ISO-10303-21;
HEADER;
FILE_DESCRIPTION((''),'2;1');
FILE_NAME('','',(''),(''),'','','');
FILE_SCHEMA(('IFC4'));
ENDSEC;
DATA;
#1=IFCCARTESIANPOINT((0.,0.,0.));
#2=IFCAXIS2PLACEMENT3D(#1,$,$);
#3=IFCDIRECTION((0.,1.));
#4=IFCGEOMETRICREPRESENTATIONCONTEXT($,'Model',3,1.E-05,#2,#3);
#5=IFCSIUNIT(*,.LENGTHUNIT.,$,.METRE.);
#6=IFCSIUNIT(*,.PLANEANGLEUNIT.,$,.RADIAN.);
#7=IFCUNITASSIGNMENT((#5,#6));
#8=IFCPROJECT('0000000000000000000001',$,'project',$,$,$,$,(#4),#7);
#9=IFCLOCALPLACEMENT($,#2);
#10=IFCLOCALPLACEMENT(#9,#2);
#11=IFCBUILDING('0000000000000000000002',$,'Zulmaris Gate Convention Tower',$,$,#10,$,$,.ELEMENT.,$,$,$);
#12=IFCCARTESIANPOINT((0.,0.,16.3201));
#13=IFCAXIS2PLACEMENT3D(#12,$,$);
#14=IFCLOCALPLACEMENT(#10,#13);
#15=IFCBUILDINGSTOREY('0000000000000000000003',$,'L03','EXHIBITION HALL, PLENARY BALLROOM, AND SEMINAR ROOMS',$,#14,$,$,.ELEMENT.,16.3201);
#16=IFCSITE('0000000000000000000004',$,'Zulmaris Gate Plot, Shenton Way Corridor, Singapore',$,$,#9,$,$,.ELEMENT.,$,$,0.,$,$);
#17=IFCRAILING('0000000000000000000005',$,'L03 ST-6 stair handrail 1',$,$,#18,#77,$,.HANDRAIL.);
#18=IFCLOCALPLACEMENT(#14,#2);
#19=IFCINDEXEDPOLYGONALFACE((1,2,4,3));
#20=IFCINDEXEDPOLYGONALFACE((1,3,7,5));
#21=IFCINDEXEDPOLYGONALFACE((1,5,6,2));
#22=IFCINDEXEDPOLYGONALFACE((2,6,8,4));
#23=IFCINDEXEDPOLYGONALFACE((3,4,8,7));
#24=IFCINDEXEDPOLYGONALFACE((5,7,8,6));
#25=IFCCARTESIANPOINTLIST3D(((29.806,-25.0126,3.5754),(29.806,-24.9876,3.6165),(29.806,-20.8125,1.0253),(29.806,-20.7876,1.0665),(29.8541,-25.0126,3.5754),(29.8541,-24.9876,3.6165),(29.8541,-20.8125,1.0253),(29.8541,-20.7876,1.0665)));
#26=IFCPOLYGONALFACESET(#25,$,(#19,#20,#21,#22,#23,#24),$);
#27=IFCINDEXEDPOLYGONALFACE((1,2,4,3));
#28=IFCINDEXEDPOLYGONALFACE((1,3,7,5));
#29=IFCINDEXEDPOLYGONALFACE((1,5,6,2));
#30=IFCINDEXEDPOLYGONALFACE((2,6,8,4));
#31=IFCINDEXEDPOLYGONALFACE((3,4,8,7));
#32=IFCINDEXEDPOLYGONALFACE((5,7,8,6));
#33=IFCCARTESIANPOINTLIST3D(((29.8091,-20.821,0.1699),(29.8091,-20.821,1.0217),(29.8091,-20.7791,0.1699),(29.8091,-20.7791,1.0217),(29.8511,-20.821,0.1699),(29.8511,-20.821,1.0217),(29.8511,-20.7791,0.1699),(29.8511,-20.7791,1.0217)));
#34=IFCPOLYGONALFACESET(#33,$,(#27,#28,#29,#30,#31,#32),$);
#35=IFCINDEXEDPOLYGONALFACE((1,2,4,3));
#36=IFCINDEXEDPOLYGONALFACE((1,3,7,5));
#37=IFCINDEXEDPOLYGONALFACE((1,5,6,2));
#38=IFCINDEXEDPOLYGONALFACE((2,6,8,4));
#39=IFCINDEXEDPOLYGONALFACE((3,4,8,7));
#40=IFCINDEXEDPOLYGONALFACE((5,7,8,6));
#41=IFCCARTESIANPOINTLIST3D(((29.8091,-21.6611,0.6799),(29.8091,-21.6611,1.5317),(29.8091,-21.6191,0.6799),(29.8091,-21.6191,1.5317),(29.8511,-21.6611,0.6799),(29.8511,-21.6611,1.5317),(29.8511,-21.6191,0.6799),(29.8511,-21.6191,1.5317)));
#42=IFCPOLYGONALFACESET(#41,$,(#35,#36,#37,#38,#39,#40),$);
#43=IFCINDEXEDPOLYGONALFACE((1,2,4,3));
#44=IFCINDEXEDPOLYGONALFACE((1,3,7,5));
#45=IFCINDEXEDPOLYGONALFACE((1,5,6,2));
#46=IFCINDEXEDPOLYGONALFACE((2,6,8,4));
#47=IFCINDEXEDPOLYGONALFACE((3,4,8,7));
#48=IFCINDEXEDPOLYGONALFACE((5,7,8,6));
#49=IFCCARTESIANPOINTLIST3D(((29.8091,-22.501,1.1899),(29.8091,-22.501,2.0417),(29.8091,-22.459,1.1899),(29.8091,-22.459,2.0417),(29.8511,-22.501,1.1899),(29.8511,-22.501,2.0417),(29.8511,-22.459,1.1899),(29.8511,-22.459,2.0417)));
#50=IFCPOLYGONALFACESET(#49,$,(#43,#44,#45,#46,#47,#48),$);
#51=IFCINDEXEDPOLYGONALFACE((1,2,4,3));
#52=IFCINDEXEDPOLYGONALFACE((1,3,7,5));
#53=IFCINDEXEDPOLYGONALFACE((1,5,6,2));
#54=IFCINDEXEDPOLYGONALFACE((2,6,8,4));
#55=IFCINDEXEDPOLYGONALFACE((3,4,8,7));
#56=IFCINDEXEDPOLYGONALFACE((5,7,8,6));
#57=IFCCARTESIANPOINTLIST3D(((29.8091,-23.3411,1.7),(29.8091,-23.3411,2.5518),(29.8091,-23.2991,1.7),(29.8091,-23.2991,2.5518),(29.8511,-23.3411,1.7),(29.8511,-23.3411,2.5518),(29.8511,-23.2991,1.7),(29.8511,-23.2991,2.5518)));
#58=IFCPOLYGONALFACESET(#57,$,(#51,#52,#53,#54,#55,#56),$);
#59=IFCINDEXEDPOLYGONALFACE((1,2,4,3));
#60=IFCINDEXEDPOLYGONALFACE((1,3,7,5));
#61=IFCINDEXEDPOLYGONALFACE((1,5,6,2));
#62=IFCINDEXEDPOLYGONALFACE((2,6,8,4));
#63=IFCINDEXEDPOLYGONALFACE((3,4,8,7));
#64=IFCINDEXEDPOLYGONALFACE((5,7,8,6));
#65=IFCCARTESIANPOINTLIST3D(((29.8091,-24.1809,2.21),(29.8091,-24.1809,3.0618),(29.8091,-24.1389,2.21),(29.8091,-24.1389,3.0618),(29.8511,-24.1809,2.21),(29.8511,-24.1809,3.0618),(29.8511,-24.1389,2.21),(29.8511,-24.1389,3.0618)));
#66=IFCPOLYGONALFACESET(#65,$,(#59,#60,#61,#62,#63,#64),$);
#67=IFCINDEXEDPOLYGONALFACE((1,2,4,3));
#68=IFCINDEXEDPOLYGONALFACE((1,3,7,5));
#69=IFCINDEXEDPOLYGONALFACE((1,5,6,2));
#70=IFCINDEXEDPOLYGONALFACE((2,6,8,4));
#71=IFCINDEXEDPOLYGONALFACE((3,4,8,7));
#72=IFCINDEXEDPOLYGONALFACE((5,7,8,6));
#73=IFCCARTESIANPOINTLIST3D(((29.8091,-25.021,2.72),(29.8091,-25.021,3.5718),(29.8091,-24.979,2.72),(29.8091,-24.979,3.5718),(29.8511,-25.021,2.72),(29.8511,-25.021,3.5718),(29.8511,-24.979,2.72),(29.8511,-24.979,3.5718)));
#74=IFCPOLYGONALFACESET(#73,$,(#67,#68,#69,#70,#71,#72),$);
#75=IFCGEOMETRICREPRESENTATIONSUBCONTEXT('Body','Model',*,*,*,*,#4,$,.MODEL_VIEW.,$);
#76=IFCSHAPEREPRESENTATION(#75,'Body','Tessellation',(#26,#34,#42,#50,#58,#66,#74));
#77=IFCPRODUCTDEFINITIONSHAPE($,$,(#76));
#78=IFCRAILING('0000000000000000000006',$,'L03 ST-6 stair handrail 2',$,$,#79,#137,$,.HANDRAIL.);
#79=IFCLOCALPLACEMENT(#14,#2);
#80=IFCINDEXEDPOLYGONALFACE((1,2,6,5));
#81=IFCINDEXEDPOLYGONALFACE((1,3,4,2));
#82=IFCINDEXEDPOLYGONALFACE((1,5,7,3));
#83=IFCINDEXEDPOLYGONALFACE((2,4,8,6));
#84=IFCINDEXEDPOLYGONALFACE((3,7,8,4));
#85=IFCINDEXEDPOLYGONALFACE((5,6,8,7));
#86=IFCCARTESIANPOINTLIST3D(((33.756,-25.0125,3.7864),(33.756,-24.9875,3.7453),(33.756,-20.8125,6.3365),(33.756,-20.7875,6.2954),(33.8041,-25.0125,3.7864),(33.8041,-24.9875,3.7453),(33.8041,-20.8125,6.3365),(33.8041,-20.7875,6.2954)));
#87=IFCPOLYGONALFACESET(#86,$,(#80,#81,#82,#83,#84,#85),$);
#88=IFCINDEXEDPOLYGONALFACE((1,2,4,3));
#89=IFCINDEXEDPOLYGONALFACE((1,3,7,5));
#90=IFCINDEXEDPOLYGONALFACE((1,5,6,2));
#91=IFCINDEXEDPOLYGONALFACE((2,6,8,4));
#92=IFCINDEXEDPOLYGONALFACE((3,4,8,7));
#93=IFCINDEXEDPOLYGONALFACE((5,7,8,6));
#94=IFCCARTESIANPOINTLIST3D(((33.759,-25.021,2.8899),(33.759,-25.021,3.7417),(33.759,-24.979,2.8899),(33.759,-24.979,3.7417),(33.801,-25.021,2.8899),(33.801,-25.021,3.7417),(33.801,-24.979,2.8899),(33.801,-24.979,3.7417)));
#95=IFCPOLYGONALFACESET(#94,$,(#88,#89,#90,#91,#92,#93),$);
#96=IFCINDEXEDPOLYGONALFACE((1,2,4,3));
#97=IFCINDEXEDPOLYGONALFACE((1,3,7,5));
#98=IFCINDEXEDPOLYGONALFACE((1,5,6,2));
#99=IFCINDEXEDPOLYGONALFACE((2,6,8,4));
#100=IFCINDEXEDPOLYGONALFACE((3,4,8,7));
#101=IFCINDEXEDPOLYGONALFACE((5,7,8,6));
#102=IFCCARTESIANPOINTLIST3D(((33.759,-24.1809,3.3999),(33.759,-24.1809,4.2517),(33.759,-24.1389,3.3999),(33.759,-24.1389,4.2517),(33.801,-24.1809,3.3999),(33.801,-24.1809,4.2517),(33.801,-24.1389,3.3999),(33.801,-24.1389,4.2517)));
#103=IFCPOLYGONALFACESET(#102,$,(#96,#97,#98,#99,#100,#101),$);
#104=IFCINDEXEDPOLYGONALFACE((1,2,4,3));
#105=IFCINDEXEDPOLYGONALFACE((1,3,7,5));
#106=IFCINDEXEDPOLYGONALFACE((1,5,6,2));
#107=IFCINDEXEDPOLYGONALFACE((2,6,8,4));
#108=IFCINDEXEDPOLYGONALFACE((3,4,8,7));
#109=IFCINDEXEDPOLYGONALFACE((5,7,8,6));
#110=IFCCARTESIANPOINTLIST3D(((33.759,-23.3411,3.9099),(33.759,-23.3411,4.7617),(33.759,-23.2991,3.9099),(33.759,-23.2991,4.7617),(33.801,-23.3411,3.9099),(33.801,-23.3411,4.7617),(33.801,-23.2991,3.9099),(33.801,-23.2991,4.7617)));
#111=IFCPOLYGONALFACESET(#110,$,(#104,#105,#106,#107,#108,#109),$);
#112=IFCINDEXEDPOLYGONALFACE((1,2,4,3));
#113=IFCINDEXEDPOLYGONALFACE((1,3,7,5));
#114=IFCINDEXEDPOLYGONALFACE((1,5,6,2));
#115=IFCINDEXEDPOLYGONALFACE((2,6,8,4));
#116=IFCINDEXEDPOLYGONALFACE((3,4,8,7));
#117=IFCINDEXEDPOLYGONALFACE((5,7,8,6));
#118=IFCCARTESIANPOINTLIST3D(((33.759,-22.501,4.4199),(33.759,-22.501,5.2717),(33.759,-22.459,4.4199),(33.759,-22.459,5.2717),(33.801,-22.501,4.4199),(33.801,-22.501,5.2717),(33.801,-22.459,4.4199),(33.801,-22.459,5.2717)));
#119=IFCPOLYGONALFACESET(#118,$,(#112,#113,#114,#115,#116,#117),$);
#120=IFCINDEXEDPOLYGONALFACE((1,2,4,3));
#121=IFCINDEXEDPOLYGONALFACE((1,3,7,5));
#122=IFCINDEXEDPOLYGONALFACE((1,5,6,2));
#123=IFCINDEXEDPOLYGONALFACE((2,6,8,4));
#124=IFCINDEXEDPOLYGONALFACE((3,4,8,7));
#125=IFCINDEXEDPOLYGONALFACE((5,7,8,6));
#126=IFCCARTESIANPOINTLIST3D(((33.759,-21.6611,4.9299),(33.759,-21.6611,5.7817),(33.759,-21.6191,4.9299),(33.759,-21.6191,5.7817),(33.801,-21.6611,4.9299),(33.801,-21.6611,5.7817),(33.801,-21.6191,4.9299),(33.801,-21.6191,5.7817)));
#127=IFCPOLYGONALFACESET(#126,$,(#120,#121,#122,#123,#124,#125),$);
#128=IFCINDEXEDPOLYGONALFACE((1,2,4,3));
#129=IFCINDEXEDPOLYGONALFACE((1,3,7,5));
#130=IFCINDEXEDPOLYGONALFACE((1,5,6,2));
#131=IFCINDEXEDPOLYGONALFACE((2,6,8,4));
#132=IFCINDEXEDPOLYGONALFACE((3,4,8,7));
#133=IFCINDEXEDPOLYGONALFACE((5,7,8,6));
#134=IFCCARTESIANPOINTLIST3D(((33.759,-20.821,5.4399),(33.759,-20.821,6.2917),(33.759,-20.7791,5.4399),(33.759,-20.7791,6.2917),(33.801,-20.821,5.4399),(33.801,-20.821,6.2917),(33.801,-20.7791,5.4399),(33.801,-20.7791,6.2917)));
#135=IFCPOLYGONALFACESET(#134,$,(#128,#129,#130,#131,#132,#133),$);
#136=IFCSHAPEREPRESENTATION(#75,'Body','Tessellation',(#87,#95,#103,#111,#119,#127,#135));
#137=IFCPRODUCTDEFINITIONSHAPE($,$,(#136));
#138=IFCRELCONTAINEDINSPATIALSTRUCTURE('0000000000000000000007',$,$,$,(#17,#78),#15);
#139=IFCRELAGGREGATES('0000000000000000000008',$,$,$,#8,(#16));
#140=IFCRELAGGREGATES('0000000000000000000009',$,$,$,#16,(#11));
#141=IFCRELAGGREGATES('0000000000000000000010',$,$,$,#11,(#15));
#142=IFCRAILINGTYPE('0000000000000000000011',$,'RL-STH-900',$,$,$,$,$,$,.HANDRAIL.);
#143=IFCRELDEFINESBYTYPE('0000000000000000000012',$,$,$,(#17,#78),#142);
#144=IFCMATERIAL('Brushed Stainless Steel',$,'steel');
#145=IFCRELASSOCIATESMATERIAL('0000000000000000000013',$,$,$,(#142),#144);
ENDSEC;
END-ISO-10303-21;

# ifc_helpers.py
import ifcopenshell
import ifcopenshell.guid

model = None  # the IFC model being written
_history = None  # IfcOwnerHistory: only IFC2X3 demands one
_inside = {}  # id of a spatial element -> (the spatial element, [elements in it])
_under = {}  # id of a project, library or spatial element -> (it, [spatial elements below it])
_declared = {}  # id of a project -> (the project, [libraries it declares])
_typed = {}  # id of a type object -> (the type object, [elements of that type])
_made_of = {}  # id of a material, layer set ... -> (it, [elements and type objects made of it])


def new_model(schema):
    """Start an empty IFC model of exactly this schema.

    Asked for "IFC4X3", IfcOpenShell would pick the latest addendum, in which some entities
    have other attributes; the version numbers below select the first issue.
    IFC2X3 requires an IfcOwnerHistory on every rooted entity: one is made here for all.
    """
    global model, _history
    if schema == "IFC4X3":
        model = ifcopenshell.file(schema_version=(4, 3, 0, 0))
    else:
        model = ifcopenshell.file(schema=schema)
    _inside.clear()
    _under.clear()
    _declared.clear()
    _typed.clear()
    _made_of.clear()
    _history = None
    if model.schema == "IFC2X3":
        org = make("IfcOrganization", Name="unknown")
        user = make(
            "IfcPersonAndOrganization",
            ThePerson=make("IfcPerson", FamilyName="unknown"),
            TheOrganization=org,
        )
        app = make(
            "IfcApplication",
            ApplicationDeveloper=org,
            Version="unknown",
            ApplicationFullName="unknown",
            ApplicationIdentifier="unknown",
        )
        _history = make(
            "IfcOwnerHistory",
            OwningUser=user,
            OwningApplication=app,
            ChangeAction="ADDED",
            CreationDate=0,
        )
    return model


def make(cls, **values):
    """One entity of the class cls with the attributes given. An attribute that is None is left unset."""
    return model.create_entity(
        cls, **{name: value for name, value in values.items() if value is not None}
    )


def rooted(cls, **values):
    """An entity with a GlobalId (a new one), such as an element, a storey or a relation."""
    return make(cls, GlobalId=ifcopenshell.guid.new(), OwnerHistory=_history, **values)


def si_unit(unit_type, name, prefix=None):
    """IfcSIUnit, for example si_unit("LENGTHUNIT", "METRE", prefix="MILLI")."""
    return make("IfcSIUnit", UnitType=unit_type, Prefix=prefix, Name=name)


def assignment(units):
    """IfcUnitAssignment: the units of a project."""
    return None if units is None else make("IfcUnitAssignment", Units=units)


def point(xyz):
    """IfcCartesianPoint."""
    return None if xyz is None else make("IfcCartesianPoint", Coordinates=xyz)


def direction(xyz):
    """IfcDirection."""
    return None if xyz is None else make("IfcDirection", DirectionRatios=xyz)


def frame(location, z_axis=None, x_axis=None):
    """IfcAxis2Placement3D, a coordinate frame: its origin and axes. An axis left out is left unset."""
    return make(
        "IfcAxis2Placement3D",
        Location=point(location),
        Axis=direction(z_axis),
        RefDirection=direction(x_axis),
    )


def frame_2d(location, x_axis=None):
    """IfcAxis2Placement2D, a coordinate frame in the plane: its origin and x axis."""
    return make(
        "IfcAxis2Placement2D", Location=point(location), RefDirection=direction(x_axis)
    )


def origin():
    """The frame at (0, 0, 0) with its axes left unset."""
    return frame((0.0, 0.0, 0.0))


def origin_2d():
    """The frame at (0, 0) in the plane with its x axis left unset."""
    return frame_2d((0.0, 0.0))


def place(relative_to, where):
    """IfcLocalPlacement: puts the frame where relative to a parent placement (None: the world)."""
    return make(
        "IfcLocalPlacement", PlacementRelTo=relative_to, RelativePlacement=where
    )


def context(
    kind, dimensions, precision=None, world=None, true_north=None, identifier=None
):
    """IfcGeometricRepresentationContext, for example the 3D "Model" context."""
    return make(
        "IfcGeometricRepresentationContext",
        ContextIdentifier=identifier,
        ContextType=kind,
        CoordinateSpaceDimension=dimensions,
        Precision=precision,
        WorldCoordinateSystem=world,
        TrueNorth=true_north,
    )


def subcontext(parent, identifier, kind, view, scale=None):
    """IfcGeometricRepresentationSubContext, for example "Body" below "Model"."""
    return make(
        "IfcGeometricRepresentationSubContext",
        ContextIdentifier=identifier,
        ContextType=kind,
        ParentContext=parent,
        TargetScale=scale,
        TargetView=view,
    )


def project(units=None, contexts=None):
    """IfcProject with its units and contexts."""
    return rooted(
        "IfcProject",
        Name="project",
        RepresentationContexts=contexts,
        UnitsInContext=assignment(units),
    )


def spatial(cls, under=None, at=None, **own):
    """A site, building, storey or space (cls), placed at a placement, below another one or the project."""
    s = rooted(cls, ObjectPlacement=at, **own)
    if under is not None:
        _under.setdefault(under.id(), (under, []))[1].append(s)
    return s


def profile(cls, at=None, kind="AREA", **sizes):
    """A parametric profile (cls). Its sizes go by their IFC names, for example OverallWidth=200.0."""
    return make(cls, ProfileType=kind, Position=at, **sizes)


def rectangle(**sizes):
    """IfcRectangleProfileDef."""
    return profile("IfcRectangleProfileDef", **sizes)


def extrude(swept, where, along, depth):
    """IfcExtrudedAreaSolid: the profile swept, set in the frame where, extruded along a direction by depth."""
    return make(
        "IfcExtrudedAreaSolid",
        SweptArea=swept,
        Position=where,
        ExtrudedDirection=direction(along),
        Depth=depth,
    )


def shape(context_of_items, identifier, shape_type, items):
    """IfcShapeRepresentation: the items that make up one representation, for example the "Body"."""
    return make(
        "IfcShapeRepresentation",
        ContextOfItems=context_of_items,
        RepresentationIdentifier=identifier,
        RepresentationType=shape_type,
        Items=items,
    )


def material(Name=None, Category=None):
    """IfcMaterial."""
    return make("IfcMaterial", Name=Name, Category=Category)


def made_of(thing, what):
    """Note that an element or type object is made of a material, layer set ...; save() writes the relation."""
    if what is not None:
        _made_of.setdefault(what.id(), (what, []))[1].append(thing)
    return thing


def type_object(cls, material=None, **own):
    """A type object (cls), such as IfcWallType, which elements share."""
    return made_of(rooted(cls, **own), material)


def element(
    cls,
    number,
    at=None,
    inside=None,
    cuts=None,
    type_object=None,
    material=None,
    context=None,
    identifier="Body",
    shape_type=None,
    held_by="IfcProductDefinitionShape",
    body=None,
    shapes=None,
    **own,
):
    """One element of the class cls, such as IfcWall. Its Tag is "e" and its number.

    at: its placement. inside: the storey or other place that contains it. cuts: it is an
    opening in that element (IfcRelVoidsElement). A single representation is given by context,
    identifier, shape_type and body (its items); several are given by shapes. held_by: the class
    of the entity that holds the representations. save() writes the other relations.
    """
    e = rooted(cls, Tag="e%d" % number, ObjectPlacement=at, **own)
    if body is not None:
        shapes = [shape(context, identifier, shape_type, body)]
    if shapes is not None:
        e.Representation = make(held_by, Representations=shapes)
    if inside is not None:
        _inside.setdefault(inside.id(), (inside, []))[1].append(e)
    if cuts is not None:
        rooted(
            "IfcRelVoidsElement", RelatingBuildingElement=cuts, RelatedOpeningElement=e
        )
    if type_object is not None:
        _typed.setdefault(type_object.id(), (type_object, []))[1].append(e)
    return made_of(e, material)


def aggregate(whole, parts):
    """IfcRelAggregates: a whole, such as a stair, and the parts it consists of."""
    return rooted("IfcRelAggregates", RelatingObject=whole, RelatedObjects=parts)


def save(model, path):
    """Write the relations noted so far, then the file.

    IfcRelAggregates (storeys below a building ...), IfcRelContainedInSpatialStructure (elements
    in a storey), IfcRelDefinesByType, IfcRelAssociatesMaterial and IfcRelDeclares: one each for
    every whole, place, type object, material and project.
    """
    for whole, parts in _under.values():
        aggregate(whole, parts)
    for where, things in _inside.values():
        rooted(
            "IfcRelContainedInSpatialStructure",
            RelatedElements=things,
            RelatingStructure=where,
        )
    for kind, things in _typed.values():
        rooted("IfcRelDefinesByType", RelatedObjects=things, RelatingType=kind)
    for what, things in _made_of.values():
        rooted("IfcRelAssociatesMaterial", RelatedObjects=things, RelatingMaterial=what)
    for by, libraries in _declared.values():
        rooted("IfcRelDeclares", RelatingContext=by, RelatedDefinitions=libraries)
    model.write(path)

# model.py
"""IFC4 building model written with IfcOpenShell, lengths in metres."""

from ifc_helpers import new_model, si_unit, direction, frame, origin, origin_2d, place, context, subcontext, project, spatial, rectangle, extrude, material, type_object, element, save


model = new_model("IFC4")

# Units and contexts
model_context = context("Model", 3, precision=1e-05, world=origin(), true_north=direction((0.0, 1.0)))
body_context = subcontext(model_context, "Body", "Model", "MODEL_VIEW")
ifc_project = project(units=[si_unit("LENGTHUNIT", "METRE"), si_unit("PLANEANGLEUNIT", "RADIAN")], contexts=[model_context])

# Site, building, storey
site_placement = place(None, origin())
site = spatial("IfcSite", under=ifc_project, at=site_placement, Name="Zulmaris Gate Plot, Shenton Way Corridor, Singapore", CompositionType="ELEMENT", RefElevation=0.0)
building_placement = place(site_placement, origin())
building = spatial("IfcBuilding", under=site, at=building_placement, Name="Zulmaris Gate Convention Tower", CompositionType="ELEMENT")
storey_placement = place(building_placement, frame((0.0, 0.0, 16.3201)))
storey = spatial("IfcBuildingStorey", under=building, at=storey_placement, Name="L03", Description="EXHIBITION HALL, PLENARY BALLROOM, AND SEMINAR ROOMS", CompositionType="ELEMENT", Elevation=16.3201)

# Railings
ifc_material_1 = material(Name="Brushed Stainless Steel", Category="steel")
railing_type_1 = type_object("IfcRailingType", Name="RL-STH-900", PredefinedType="HANDRAIL", material=ifc_material_1)
railing_1_placement = place(storey_placement, frame((29.8301, -20.8, 0.1699)))
element("IfcRailing", 1, at=railing_1_placement, inside=storey, type_object=railing_type_1, Name="L03 ST-6 stair handrail 1", PredefinedType="HANDRAIL", context=body_context, shape_type="SweptSolid", body=[
    extrude(rectangle(XDim=0.0481, YDim=0.0481, at=origin_2d()), frame((0.0, 0.0, 0.876), z_axis=(0.0, -0.85478, 0.51899), x_axis=(1.0, 0.0, 0.0)), (0.0, 0.0, 1.0), 4.9136),
    extrude(rectangle(XDim=0.042, YDim=0.042, at=origin_2d()), origin(), (0.0, 0.0, 1.0), 0.8518),
    extrude(rectangle(XDim=0.042, YDim=0.042, at=origin_2d()), frame((0.0, -0.8401, 0.51)), (0.0, 0.0, 1.0), 0.8518),
    extrude(rectangle(XDim=0.042, YDim=0.042, at=origin_2d()), frame((0.0, -1.6799, 1.02)), (0.0, 0.0, 1.0), 0.8518),
    extrude(rectangle(XDim=0.042, YDim=0.042, at=origin_2d()), frame((0.0, -2.52, 1.53)), (0.0, 0.0, 1.0), 0.8518),
    extrude(rectangle(XDim=0.042, YDim=0.042, at=origin_2d()), frame((0.0, -3.3599, 2.04)), (0.0, 0.0, 1.0), 0.8518),
    extrude(rectangle(XDim=0.042, YDim=0.042, at=origin_2d()), frame((0.0, -4.2, 2.55)), (0.0, 0.0, 1.0), 0.8518),
])
railing_2_placement = place(storey_placement, frame((33.78, -25.0, 2.8899)))
element("IfcRailing", 2, at=railing_2_placement, inside=storey, type_object=railing_type_1, Name="L03 ST-6 stair handrail 2", PredefinedType="HANDRAIL", context=body_context, shape_type="SweptSolid", body=[
    extrude(rectangle(XDim=0.0481, YDim=0.0481, at=origin_2d()), frame((0.0, 0.0, 0.876), z_axis=(0.0, 0.85478, 0.51899), x_axis=(-1.0, 0.0, 0.0)), (0.0, 0.0, 1.0), 4.9136),
    extrude(rectangle(XDim=0.042, YDim=0.042, at=origin_2d()), origin(), (0.0, 0.0, 1.0), 0.8518),
    extrude(rectangle(XDim=0.042, YDim=0.042, at=origin_2d()), frame((0.0, 0.8401, 0.51)), (0.0, 0.0, 1.0), 0.8518),
    extrude(rectangle(XDim=0.042, YDim=0.042, at=origin_2d()), frame((0.0, 1.6799, 1.02)), (0.0, 0.0, 1.0), 0.8518),
    extrude(rectangle(XDim=0.042, YDim=0.042, at=origin_2d()), frame((0.0, 2.52, 1.53)), (0.0, 0.0, 1.0), 0.8518),
    extrude(rectangle(XDim=0.042, YDim=0.042, at=origin_2d()), frame((0.0, 3.3599, 2.04)), (0.0, 0.0, 1.0), 0.8518),
    extrude(rectangle(XDim=0.042, YDim=0.042, at=origin_2d()), frame((0.0, 4.2, 2.55)), (0.0, 0.0, 1.0), 0.8518),
])

save(model, "model.ifc")
